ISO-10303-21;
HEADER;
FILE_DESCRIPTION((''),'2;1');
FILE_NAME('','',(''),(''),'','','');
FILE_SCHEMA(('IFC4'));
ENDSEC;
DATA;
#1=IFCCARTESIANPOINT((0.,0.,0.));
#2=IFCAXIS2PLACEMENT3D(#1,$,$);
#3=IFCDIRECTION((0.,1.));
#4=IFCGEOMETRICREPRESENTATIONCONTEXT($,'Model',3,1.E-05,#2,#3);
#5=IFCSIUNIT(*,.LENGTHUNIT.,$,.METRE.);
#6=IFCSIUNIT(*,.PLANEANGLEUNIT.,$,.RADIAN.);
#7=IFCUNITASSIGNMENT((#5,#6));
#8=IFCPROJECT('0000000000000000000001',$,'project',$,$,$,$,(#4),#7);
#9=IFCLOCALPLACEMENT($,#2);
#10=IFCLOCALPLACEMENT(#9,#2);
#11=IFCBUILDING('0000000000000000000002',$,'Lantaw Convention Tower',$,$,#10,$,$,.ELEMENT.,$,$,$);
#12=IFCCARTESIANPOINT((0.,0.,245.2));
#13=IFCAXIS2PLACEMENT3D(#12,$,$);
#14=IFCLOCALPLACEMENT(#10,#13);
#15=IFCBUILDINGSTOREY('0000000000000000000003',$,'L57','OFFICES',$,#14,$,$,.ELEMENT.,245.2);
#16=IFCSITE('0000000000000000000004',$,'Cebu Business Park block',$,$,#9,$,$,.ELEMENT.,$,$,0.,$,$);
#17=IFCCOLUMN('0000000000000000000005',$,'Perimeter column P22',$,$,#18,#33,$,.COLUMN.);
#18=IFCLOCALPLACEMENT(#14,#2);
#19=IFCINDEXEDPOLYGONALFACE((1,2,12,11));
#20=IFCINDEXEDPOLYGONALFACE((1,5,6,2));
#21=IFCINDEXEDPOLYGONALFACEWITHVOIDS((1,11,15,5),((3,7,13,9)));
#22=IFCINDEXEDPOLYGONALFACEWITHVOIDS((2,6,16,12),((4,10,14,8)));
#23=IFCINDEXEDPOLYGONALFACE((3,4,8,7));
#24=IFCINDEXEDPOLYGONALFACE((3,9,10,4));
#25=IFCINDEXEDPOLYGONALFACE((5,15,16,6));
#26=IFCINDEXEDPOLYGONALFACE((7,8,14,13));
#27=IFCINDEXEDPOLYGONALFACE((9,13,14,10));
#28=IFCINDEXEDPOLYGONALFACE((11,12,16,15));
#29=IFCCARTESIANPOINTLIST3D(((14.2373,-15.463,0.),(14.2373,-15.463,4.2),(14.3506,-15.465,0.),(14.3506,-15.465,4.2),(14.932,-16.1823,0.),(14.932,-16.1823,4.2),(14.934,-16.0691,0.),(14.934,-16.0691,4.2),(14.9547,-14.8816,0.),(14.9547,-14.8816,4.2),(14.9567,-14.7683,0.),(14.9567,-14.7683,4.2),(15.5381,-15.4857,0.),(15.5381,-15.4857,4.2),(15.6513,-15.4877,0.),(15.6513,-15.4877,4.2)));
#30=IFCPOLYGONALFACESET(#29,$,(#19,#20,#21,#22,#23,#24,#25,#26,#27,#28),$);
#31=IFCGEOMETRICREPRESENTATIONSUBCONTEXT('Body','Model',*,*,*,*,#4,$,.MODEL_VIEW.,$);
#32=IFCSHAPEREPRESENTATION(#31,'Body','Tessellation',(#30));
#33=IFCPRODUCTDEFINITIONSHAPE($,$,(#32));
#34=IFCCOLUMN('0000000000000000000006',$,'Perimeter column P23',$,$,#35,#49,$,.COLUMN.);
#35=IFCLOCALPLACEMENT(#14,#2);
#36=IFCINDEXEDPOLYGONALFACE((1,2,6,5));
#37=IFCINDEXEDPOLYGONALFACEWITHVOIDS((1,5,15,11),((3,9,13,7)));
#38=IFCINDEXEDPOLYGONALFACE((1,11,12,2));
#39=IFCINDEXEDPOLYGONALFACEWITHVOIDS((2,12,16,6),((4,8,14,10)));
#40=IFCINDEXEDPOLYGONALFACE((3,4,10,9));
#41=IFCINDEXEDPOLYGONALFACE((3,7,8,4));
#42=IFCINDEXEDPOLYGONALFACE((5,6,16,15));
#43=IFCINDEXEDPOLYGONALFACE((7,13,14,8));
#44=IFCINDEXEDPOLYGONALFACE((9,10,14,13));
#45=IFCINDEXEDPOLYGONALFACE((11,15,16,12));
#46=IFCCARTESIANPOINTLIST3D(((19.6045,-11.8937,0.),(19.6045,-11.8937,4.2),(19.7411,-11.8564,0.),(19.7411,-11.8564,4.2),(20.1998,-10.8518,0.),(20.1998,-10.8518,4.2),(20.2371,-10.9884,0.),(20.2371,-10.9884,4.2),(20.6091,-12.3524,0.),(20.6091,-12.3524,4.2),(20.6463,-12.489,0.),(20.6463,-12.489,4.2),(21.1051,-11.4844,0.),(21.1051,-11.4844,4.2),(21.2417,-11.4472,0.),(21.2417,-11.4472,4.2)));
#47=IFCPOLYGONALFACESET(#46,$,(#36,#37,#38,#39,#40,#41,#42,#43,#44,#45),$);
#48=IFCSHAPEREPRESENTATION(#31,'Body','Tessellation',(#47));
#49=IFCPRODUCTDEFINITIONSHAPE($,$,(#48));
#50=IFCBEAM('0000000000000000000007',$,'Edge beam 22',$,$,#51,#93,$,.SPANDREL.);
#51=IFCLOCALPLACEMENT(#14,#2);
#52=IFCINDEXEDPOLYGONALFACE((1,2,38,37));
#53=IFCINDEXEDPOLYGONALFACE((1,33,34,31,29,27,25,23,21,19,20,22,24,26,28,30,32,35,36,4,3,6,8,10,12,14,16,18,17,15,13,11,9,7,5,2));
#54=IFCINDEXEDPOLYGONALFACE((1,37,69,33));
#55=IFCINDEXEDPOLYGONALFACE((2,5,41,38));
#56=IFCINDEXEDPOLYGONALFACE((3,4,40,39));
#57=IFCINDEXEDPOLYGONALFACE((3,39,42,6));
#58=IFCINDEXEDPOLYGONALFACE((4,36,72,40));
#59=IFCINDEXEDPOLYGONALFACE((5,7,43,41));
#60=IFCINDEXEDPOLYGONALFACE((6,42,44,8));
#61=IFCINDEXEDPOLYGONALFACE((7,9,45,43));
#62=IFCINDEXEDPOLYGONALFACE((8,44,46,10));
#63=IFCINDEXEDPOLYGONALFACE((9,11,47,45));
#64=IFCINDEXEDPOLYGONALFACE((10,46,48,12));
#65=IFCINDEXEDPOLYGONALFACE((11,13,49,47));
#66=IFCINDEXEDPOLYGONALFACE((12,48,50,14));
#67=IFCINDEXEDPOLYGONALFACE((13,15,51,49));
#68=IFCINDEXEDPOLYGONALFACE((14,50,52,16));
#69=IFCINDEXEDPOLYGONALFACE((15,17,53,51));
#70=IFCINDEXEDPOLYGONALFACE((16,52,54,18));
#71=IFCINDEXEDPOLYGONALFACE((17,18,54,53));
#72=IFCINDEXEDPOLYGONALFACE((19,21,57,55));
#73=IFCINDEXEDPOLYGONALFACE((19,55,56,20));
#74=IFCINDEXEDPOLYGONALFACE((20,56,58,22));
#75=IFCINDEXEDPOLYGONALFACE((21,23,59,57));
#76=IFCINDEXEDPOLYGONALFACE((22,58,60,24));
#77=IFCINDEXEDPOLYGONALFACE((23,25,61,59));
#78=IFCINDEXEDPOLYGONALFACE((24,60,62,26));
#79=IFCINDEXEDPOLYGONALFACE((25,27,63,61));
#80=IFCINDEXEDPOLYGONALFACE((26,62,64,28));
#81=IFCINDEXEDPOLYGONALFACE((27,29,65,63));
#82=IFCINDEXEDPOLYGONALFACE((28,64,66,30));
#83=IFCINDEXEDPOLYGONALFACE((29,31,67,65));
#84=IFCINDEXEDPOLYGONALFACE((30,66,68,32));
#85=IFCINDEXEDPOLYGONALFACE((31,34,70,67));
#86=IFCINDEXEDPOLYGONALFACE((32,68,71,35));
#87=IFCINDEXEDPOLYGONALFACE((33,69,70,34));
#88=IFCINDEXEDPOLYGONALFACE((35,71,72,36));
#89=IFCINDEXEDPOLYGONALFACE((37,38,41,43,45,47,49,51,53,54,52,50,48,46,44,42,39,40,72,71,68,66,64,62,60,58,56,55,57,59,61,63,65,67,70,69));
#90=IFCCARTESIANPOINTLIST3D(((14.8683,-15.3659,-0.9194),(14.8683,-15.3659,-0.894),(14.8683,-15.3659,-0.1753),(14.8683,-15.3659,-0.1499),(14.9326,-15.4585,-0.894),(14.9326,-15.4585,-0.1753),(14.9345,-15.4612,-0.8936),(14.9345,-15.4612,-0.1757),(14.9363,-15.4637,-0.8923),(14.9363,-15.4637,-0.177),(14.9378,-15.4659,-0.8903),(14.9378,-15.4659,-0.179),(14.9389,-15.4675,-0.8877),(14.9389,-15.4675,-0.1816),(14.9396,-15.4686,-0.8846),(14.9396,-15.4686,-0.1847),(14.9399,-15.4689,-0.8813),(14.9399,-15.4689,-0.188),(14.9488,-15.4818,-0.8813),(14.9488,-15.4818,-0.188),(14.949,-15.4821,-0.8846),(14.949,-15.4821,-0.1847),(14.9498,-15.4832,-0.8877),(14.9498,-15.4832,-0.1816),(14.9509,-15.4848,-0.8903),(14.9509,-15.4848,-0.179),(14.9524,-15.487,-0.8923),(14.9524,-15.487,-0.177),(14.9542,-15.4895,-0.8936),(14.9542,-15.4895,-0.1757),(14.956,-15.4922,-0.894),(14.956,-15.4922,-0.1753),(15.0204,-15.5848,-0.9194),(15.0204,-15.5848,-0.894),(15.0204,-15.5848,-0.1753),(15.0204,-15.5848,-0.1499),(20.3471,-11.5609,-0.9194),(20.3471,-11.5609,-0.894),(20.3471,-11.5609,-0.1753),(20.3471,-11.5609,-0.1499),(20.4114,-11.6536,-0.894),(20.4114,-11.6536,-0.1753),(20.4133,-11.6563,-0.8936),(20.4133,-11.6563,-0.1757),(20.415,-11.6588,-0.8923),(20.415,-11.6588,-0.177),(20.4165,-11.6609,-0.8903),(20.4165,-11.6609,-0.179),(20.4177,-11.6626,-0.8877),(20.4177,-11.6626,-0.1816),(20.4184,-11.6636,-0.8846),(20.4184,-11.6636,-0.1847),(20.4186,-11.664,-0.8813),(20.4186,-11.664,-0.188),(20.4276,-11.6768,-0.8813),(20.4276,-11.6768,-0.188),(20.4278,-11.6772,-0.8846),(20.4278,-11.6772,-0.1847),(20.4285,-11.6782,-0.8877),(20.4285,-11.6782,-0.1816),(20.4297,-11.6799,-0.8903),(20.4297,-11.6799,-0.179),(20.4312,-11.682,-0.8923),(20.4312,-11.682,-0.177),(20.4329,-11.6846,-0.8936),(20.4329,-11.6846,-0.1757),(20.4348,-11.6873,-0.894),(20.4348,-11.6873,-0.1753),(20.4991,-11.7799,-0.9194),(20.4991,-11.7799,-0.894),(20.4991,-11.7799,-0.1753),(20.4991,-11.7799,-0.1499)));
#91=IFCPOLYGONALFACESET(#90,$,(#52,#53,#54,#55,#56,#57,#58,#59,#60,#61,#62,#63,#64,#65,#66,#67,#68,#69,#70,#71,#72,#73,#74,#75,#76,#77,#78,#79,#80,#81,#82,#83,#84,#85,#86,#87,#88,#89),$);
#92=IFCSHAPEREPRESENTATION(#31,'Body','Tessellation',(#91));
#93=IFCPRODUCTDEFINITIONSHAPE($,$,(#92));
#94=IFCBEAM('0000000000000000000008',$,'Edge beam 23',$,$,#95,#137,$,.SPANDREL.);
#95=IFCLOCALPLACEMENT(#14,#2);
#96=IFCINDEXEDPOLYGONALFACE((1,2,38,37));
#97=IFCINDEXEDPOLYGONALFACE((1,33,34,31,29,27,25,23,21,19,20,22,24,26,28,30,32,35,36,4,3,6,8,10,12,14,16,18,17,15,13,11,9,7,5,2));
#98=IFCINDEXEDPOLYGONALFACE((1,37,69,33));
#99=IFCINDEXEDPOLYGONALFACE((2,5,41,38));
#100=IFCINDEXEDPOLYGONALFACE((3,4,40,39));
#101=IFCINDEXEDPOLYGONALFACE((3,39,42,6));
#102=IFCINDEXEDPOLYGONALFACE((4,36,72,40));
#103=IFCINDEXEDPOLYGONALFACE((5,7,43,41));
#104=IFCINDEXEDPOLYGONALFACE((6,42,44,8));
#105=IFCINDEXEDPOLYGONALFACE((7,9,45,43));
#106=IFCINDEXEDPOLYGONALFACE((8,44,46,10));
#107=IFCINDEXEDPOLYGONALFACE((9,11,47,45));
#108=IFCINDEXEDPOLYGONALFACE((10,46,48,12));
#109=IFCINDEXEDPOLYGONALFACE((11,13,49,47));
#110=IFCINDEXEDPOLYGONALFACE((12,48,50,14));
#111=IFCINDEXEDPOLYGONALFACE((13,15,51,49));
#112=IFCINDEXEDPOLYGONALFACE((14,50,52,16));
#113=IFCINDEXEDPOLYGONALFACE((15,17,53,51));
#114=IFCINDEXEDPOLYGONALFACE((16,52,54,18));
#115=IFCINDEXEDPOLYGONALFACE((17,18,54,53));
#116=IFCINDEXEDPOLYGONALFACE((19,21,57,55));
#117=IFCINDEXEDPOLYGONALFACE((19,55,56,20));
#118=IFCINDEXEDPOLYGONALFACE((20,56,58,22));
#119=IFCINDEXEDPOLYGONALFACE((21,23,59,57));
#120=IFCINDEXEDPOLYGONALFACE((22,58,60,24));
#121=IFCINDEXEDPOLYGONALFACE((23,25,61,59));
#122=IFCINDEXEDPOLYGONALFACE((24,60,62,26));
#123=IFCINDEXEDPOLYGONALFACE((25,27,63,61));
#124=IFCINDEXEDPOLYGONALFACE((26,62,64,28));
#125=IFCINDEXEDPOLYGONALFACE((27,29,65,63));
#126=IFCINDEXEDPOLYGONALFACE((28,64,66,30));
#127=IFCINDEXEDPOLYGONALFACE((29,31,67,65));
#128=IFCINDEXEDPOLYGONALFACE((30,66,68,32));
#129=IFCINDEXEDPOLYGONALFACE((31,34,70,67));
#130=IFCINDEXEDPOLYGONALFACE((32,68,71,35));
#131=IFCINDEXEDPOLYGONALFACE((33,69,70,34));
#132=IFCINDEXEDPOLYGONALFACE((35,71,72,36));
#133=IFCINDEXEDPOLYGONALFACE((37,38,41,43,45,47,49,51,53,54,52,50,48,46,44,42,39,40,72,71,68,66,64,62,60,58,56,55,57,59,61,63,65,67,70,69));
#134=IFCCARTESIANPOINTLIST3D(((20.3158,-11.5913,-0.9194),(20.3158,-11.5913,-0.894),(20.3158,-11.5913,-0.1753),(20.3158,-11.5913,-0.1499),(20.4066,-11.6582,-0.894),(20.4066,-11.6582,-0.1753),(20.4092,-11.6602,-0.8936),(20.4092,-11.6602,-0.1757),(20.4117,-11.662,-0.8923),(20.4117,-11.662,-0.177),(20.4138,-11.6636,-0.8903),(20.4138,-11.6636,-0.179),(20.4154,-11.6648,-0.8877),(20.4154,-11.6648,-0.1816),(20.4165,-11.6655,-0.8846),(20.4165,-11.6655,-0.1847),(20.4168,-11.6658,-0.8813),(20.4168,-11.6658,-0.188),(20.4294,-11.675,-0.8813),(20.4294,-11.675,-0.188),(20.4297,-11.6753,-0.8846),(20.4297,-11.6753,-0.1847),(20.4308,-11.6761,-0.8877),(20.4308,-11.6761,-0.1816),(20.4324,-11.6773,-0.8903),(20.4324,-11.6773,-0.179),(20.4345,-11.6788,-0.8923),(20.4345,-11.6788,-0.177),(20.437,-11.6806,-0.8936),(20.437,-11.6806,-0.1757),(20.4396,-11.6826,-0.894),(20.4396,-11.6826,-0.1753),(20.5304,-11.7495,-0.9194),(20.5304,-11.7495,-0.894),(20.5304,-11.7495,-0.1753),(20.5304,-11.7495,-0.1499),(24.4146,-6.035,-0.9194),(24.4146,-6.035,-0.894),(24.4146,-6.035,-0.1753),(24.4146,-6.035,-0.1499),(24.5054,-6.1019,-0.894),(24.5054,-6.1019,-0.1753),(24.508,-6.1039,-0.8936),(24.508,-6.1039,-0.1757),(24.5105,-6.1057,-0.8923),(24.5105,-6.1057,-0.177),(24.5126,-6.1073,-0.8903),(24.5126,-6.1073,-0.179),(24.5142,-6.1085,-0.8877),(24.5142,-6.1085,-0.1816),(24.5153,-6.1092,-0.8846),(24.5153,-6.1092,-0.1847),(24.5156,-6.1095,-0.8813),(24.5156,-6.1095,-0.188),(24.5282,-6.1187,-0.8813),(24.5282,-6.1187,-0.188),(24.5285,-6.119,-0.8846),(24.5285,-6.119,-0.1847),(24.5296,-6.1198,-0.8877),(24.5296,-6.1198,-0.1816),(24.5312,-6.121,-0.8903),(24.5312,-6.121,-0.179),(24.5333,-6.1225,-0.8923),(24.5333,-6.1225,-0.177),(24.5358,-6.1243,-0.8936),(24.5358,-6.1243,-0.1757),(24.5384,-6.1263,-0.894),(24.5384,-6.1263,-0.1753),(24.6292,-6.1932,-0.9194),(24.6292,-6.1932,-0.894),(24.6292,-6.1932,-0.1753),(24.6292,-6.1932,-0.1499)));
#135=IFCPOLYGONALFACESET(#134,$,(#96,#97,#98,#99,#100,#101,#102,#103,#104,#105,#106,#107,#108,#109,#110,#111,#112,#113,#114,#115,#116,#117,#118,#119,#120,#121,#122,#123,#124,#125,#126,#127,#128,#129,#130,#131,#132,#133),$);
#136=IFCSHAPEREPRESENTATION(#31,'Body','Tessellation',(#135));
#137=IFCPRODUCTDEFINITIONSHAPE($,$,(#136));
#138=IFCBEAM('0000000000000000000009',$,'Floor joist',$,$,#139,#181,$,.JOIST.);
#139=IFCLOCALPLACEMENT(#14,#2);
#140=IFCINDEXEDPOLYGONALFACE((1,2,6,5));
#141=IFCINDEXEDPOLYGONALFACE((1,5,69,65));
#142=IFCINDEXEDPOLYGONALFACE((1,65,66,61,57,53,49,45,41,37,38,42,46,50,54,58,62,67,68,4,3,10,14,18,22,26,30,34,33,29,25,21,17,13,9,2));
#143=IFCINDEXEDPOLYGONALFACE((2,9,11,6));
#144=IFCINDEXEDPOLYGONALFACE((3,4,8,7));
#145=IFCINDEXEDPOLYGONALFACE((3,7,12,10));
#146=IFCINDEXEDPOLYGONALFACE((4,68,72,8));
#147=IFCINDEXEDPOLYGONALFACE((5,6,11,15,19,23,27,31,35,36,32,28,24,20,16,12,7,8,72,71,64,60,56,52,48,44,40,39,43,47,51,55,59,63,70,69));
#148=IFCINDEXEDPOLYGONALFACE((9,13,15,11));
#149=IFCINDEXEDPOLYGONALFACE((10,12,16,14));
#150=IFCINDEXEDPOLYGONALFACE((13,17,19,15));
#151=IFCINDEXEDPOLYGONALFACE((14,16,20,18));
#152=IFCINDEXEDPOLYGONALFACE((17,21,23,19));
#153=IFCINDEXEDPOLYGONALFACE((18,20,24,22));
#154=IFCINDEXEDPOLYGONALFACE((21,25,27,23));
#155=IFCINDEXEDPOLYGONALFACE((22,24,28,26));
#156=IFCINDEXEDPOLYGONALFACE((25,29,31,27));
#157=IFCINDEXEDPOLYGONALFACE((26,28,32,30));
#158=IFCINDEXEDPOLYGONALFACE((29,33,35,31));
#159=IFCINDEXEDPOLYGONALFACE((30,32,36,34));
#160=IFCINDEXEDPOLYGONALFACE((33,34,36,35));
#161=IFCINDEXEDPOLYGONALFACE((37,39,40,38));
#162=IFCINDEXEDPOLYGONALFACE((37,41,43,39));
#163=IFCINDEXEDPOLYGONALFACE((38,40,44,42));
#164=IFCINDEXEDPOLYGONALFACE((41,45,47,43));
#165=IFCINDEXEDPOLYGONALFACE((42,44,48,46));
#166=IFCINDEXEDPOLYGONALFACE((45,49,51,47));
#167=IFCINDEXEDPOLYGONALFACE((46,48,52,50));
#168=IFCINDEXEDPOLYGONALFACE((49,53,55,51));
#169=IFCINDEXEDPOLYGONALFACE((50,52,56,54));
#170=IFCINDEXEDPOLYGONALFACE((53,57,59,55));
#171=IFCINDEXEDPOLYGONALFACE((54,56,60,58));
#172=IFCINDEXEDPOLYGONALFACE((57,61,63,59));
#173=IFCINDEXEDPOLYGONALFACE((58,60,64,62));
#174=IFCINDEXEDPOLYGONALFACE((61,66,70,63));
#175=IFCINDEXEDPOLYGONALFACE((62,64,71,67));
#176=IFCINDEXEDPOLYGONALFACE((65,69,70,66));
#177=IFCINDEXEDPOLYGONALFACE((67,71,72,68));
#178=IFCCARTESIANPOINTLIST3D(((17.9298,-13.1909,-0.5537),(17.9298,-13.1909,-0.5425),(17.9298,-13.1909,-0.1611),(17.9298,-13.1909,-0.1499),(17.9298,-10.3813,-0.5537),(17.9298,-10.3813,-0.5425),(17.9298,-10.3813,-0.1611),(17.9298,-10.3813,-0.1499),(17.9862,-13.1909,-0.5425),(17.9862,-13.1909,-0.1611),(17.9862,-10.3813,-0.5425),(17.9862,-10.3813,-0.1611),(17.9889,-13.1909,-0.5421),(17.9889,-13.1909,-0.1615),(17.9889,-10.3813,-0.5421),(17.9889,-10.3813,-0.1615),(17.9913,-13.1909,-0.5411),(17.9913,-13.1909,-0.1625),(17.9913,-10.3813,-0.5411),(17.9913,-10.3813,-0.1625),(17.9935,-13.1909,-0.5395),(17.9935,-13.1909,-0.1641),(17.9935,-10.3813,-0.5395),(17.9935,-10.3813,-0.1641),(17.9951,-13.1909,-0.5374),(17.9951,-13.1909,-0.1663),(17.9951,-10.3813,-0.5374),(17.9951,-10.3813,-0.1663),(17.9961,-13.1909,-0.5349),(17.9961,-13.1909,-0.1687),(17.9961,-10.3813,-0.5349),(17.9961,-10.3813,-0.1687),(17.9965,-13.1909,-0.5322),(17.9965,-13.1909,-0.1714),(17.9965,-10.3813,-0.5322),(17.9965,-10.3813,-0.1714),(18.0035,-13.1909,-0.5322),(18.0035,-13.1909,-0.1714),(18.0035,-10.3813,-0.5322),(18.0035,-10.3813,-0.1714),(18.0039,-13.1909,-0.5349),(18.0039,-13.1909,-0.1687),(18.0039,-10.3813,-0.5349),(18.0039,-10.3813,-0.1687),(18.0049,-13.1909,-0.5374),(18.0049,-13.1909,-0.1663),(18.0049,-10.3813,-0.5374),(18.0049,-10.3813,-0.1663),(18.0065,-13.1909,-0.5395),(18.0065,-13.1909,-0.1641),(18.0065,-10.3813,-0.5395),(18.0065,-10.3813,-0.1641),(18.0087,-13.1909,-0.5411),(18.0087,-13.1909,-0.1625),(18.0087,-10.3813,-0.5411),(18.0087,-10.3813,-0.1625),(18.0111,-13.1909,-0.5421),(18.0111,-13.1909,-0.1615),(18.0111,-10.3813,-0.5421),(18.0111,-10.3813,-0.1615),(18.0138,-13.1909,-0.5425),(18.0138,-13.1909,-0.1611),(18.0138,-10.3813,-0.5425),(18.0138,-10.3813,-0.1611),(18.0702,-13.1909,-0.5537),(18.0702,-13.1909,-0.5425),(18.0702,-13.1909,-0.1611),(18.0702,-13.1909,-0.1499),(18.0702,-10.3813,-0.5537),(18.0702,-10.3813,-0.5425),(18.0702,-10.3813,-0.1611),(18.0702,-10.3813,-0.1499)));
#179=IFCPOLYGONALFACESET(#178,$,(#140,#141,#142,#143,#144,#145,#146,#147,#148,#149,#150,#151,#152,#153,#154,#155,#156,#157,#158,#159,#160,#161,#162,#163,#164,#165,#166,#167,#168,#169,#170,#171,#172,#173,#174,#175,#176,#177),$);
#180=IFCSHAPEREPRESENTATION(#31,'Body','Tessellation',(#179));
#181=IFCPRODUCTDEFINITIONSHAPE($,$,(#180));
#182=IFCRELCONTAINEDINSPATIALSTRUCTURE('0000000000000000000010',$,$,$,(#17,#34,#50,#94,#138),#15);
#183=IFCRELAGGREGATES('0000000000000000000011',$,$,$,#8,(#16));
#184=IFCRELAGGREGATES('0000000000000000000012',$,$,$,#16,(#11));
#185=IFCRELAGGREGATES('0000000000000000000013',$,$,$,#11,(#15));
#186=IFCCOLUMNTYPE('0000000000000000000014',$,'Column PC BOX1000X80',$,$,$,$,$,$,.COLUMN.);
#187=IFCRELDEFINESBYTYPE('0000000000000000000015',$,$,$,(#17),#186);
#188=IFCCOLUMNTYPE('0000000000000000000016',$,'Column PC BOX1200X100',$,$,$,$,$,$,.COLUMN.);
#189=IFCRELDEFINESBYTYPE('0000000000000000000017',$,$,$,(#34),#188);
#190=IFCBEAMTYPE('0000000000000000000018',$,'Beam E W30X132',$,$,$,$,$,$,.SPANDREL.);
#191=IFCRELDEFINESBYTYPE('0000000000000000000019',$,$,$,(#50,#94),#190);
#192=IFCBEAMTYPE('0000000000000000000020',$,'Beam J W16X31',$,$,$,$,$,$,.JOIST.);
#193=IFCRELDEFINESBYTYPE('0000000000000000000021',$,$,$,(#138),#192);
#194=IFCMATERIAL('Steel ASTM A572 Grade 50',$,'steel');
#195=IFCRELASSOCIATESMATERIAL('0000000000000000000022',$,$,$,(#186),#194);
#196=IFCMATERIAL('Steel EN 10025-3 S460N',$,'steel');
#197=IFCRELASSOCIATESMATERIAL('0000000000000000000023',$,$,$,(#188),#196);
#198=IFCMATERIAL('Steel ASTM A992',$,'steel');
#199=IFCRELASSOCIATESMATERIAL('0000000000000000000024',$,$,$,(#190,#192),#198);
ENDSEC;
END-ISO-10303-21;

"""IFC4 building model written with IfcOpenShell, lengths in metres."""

from ifc_helpers import new_model, si_unit, direction, frame, origin, origin_2d, place, context, subcontext, project, spatial, rectangle, hollow_rectangle, i_section, extrude, material, material_profile, profile_set, type_object, element, save


model = new_model("IFC4")

# Units and contexts
model_context = context("Model", 3, precision=1e-05, world=origin(), true_north=direction((0.0, 1.0)))
body_context = subcontext(model_context, "Body", "Model", "MODEL_VIEW")
ifc_project = project(units=[si_unit("LENGTHUNIT", "METRE"), si_unit("PLANEANGLEUNIT", "RADIAN")], contexts=[model_context])

# Site, building, storey
site_placement = place(None, origin())
site = spatial("IfcSite", under=ifc_project, at=site_placement, Name="Cebu Business Park block", CompositionType="ELEMENT", RefElevation=0.0)
building_placement = place(site_placement, origin())
building = spatial("IfcBuilding", under=site, at=building_placement, Name="Lantaw Convention Tower", CompositionType="ELEMENT")
storey_placement = place(building_placement, frame((0.0, 0.0, 245.2)))
storey = spatial("IfcBuildingStorey", under=building, at=storey_placement, Name="L57", Description="OFFICES", CompositionType="ELEMENT", Elevation=245.2)

# Columns
ifc_material_1 = material(Name="Steel ASTM A572 Grade 50", Category="steel")
ifc_material_profile_1 = material_profile(ifc_material_1, hollow_rectangle(XDim=1.0, YDim=1.0, WallThickness=0.0801, at=origin_2d()), Name="BOX1000X80")
ifc_material_2 = material(Name="Concrete C60/75", Category="concrete")
ifc_material_profile_2 = material_profile(ifc_material_2, rectangle(XDim=0.8401, YDim=0.8401, at=origin_2d()), Name="Concrete fill of BOX1000X80")
ifc_profile_set_1 = profile_set([ifc_material_profile_1, ifc_material_profile_2], Name="Steel ASTM A572 Grade 50")
column_type_1 = type_object("IfcColumnType", Name="Column PC BOX1000X80", PredefinedType="COLUMN", material=ifc_profile_set_1)
column_1_placement = place(storey_placement, frame((14.9443, -15.4753, 0.0), z_axis=(0.0, 0.0, 1.0), x_axis=(0.71934, 0.694658, 0.0)))
element("IfcColumn", 1, at=column_1_placement, inside=storey, type_object=column_type_1, Name="Perimeter column P22", PredefinedType="COLUMN", context=body_context, shape_type="SweptSolid", body=[
    extrude(hollow_rectangle(XDim=1.0, YDim=1.0, WallThickness=0.0801, at=origin_2d()), origin(), (0.0, 0.0, 1.0), 4.2),
])
ifc_material_3 = material(Name="Steel EN 10025-3 S460N", Category="steel")
ifc_material_profile_3 = material_profile(ifc_material_3, hollow_rectangle(XDim=1.2, YDim=1.2, WallThickness=0.1001, at=origin_2d()), Name="BOX1200X100")
ifc_material_profile_4 = material_profile(ifc_material_2, rectangle(XDim=1.0, YDim=1.0, at=origin_2d()), Name="Concrete fill of BOX1200X100")
ifc_profile_set_2 = profile_set([ifc_material_profile_3, ifc_material_profile_4], Name="Steel EN 10025-3 S460N")
column_type_2 = type_object("IfcColumnType", Name="Column PC BOX1200X100", PredefinedType="COLUMN", material=ifc_profile_set_2)
column_2_placement = place(storey_placement, frame((20.4231, -11.6704, 0.0), z_axis=(0.0, 0.0, 1.0), x_axis=(0.496139, 0.868243, 0.0)))
element("IfcColumn", 2, at=column_2_placement, inside=storey, type_object=column_type_2, Name="Perimeter column P23", PredefinedType="COLUMN", context=body_context, shape_type="SweptSolid", body=[
    extrude(hollow_rectangle(XDim=1.2, YDim=1.2, WallThickness=0.1001, at=origin_2d()), origin(), (0.0, 0.0, 1.0), 4.2),
])

# Beams
ifc_material_4 = material(Name="Steel ASTM A992", Category="steel")
ifc_material_profile_5 = material_profile(ifc_material_4, i_section(OverallWidth=0.2666, OverallDepth=0.7695, WebThickness=0.0156, FlangeThickness=0.0254, FilletRadius=0.0127, at=origin_2d()), Name="W30X132")
ifc_profile_set_3 = profile_set([ifc_material_profile_5], Name="Steel ASTM A992")
beam_type_1 = type_object("IfcBeamType", Name="Beam E W30X132", PredefinedType="SPANDREL", material=ifc_profile_set_3)
beam_1_placement = place(storey_placement, frame((14.9443, -15.4753, -0.5347), z_axis=(0.821353, 0.57042, 0.0), x_axis=(-0.57042, 0.821353, 0.0)))
element("IfcBeam", 3, at=beam_1_placement, inside=storey, type_object=beam_type_1, Name="Edge beam 22", PredefinedType="SPANDREL", context=body_context, shape_type="SweptSolid", body=[
    extrude(i_section(OverallWidth=0.2666, OverallDepth=0.7695, WebThickness=0.0156, FlangeThickness=0.0254, FilletRadius=0.0127, at=origin_2d()), origin(), (0.0, 0.0, 1.0), 6.6704),
])
beam_2_placement = place(storey_placement, frame((20.4231, -11.6704, -0.5347), z_axis=(0.593639, 0.804731, 0.0), x_axis=(-0.804731, 0.593639, 0.0)))
element("IfcBeam", 4, at=beam_2_placement, inside=storey, type_object=beam_type_1, Name="Edge beam 23", PredefinedType="SPANDREL", context=body_context, shape_type="SweptSolid", body=[
    extrude(i_section(OverallWidth=0.2666, OverallDepth=0.7695, WebThickness=0.0156, FlangeThickness=0.0254, FilletRadius=0.0127, at=origin_2d()), origin(), (0.0, 0.0, 1.0), 6.9045),
])
ifc_material_profile_6 = material_profile(ifc_material_4, i_section(OverallWidth=0.1404, OverallDepth=0.4038, WebThickness=0.0071, FlangeThickness=0.0112, FilletRadius=0.0103, at=origin_2d()), Name="W16X31")
ifc_profile_set_4 = profile_set([ifc_material_profile_6], Name="Steel ASTM A992")
beam_type_2 = type_object("IfcBeamType", Name="Beam J W16X31", PredefinedType="JOIST", material=ifc_profile_set_4)
beam_3_placement = place(storey_placement, frame((18.0, -13.1909, -0.3518), z_axis=(0.0, 1.0, 0.0), x_axis=(-1.0, 0.0, 0.0)))
element("IfcBeam", 5, at=beam_3_placement, inside=storey, type_object=beam_type_2, Name="Floor joist", PredefinedType="JOIST", context=body_context, shape_type="SweptSolid", body=[
    extrude(i_section(OverallWidth=0.1404, OverallDepth=0.4038, WebThickness=0.0071, FlangeThickness=0.0112, FilletRadius=0.0103, at=origin_2d()), origin(), (0.0, 0.0, 1.0), 2.8096),
])

save(model, "model.ifc")
